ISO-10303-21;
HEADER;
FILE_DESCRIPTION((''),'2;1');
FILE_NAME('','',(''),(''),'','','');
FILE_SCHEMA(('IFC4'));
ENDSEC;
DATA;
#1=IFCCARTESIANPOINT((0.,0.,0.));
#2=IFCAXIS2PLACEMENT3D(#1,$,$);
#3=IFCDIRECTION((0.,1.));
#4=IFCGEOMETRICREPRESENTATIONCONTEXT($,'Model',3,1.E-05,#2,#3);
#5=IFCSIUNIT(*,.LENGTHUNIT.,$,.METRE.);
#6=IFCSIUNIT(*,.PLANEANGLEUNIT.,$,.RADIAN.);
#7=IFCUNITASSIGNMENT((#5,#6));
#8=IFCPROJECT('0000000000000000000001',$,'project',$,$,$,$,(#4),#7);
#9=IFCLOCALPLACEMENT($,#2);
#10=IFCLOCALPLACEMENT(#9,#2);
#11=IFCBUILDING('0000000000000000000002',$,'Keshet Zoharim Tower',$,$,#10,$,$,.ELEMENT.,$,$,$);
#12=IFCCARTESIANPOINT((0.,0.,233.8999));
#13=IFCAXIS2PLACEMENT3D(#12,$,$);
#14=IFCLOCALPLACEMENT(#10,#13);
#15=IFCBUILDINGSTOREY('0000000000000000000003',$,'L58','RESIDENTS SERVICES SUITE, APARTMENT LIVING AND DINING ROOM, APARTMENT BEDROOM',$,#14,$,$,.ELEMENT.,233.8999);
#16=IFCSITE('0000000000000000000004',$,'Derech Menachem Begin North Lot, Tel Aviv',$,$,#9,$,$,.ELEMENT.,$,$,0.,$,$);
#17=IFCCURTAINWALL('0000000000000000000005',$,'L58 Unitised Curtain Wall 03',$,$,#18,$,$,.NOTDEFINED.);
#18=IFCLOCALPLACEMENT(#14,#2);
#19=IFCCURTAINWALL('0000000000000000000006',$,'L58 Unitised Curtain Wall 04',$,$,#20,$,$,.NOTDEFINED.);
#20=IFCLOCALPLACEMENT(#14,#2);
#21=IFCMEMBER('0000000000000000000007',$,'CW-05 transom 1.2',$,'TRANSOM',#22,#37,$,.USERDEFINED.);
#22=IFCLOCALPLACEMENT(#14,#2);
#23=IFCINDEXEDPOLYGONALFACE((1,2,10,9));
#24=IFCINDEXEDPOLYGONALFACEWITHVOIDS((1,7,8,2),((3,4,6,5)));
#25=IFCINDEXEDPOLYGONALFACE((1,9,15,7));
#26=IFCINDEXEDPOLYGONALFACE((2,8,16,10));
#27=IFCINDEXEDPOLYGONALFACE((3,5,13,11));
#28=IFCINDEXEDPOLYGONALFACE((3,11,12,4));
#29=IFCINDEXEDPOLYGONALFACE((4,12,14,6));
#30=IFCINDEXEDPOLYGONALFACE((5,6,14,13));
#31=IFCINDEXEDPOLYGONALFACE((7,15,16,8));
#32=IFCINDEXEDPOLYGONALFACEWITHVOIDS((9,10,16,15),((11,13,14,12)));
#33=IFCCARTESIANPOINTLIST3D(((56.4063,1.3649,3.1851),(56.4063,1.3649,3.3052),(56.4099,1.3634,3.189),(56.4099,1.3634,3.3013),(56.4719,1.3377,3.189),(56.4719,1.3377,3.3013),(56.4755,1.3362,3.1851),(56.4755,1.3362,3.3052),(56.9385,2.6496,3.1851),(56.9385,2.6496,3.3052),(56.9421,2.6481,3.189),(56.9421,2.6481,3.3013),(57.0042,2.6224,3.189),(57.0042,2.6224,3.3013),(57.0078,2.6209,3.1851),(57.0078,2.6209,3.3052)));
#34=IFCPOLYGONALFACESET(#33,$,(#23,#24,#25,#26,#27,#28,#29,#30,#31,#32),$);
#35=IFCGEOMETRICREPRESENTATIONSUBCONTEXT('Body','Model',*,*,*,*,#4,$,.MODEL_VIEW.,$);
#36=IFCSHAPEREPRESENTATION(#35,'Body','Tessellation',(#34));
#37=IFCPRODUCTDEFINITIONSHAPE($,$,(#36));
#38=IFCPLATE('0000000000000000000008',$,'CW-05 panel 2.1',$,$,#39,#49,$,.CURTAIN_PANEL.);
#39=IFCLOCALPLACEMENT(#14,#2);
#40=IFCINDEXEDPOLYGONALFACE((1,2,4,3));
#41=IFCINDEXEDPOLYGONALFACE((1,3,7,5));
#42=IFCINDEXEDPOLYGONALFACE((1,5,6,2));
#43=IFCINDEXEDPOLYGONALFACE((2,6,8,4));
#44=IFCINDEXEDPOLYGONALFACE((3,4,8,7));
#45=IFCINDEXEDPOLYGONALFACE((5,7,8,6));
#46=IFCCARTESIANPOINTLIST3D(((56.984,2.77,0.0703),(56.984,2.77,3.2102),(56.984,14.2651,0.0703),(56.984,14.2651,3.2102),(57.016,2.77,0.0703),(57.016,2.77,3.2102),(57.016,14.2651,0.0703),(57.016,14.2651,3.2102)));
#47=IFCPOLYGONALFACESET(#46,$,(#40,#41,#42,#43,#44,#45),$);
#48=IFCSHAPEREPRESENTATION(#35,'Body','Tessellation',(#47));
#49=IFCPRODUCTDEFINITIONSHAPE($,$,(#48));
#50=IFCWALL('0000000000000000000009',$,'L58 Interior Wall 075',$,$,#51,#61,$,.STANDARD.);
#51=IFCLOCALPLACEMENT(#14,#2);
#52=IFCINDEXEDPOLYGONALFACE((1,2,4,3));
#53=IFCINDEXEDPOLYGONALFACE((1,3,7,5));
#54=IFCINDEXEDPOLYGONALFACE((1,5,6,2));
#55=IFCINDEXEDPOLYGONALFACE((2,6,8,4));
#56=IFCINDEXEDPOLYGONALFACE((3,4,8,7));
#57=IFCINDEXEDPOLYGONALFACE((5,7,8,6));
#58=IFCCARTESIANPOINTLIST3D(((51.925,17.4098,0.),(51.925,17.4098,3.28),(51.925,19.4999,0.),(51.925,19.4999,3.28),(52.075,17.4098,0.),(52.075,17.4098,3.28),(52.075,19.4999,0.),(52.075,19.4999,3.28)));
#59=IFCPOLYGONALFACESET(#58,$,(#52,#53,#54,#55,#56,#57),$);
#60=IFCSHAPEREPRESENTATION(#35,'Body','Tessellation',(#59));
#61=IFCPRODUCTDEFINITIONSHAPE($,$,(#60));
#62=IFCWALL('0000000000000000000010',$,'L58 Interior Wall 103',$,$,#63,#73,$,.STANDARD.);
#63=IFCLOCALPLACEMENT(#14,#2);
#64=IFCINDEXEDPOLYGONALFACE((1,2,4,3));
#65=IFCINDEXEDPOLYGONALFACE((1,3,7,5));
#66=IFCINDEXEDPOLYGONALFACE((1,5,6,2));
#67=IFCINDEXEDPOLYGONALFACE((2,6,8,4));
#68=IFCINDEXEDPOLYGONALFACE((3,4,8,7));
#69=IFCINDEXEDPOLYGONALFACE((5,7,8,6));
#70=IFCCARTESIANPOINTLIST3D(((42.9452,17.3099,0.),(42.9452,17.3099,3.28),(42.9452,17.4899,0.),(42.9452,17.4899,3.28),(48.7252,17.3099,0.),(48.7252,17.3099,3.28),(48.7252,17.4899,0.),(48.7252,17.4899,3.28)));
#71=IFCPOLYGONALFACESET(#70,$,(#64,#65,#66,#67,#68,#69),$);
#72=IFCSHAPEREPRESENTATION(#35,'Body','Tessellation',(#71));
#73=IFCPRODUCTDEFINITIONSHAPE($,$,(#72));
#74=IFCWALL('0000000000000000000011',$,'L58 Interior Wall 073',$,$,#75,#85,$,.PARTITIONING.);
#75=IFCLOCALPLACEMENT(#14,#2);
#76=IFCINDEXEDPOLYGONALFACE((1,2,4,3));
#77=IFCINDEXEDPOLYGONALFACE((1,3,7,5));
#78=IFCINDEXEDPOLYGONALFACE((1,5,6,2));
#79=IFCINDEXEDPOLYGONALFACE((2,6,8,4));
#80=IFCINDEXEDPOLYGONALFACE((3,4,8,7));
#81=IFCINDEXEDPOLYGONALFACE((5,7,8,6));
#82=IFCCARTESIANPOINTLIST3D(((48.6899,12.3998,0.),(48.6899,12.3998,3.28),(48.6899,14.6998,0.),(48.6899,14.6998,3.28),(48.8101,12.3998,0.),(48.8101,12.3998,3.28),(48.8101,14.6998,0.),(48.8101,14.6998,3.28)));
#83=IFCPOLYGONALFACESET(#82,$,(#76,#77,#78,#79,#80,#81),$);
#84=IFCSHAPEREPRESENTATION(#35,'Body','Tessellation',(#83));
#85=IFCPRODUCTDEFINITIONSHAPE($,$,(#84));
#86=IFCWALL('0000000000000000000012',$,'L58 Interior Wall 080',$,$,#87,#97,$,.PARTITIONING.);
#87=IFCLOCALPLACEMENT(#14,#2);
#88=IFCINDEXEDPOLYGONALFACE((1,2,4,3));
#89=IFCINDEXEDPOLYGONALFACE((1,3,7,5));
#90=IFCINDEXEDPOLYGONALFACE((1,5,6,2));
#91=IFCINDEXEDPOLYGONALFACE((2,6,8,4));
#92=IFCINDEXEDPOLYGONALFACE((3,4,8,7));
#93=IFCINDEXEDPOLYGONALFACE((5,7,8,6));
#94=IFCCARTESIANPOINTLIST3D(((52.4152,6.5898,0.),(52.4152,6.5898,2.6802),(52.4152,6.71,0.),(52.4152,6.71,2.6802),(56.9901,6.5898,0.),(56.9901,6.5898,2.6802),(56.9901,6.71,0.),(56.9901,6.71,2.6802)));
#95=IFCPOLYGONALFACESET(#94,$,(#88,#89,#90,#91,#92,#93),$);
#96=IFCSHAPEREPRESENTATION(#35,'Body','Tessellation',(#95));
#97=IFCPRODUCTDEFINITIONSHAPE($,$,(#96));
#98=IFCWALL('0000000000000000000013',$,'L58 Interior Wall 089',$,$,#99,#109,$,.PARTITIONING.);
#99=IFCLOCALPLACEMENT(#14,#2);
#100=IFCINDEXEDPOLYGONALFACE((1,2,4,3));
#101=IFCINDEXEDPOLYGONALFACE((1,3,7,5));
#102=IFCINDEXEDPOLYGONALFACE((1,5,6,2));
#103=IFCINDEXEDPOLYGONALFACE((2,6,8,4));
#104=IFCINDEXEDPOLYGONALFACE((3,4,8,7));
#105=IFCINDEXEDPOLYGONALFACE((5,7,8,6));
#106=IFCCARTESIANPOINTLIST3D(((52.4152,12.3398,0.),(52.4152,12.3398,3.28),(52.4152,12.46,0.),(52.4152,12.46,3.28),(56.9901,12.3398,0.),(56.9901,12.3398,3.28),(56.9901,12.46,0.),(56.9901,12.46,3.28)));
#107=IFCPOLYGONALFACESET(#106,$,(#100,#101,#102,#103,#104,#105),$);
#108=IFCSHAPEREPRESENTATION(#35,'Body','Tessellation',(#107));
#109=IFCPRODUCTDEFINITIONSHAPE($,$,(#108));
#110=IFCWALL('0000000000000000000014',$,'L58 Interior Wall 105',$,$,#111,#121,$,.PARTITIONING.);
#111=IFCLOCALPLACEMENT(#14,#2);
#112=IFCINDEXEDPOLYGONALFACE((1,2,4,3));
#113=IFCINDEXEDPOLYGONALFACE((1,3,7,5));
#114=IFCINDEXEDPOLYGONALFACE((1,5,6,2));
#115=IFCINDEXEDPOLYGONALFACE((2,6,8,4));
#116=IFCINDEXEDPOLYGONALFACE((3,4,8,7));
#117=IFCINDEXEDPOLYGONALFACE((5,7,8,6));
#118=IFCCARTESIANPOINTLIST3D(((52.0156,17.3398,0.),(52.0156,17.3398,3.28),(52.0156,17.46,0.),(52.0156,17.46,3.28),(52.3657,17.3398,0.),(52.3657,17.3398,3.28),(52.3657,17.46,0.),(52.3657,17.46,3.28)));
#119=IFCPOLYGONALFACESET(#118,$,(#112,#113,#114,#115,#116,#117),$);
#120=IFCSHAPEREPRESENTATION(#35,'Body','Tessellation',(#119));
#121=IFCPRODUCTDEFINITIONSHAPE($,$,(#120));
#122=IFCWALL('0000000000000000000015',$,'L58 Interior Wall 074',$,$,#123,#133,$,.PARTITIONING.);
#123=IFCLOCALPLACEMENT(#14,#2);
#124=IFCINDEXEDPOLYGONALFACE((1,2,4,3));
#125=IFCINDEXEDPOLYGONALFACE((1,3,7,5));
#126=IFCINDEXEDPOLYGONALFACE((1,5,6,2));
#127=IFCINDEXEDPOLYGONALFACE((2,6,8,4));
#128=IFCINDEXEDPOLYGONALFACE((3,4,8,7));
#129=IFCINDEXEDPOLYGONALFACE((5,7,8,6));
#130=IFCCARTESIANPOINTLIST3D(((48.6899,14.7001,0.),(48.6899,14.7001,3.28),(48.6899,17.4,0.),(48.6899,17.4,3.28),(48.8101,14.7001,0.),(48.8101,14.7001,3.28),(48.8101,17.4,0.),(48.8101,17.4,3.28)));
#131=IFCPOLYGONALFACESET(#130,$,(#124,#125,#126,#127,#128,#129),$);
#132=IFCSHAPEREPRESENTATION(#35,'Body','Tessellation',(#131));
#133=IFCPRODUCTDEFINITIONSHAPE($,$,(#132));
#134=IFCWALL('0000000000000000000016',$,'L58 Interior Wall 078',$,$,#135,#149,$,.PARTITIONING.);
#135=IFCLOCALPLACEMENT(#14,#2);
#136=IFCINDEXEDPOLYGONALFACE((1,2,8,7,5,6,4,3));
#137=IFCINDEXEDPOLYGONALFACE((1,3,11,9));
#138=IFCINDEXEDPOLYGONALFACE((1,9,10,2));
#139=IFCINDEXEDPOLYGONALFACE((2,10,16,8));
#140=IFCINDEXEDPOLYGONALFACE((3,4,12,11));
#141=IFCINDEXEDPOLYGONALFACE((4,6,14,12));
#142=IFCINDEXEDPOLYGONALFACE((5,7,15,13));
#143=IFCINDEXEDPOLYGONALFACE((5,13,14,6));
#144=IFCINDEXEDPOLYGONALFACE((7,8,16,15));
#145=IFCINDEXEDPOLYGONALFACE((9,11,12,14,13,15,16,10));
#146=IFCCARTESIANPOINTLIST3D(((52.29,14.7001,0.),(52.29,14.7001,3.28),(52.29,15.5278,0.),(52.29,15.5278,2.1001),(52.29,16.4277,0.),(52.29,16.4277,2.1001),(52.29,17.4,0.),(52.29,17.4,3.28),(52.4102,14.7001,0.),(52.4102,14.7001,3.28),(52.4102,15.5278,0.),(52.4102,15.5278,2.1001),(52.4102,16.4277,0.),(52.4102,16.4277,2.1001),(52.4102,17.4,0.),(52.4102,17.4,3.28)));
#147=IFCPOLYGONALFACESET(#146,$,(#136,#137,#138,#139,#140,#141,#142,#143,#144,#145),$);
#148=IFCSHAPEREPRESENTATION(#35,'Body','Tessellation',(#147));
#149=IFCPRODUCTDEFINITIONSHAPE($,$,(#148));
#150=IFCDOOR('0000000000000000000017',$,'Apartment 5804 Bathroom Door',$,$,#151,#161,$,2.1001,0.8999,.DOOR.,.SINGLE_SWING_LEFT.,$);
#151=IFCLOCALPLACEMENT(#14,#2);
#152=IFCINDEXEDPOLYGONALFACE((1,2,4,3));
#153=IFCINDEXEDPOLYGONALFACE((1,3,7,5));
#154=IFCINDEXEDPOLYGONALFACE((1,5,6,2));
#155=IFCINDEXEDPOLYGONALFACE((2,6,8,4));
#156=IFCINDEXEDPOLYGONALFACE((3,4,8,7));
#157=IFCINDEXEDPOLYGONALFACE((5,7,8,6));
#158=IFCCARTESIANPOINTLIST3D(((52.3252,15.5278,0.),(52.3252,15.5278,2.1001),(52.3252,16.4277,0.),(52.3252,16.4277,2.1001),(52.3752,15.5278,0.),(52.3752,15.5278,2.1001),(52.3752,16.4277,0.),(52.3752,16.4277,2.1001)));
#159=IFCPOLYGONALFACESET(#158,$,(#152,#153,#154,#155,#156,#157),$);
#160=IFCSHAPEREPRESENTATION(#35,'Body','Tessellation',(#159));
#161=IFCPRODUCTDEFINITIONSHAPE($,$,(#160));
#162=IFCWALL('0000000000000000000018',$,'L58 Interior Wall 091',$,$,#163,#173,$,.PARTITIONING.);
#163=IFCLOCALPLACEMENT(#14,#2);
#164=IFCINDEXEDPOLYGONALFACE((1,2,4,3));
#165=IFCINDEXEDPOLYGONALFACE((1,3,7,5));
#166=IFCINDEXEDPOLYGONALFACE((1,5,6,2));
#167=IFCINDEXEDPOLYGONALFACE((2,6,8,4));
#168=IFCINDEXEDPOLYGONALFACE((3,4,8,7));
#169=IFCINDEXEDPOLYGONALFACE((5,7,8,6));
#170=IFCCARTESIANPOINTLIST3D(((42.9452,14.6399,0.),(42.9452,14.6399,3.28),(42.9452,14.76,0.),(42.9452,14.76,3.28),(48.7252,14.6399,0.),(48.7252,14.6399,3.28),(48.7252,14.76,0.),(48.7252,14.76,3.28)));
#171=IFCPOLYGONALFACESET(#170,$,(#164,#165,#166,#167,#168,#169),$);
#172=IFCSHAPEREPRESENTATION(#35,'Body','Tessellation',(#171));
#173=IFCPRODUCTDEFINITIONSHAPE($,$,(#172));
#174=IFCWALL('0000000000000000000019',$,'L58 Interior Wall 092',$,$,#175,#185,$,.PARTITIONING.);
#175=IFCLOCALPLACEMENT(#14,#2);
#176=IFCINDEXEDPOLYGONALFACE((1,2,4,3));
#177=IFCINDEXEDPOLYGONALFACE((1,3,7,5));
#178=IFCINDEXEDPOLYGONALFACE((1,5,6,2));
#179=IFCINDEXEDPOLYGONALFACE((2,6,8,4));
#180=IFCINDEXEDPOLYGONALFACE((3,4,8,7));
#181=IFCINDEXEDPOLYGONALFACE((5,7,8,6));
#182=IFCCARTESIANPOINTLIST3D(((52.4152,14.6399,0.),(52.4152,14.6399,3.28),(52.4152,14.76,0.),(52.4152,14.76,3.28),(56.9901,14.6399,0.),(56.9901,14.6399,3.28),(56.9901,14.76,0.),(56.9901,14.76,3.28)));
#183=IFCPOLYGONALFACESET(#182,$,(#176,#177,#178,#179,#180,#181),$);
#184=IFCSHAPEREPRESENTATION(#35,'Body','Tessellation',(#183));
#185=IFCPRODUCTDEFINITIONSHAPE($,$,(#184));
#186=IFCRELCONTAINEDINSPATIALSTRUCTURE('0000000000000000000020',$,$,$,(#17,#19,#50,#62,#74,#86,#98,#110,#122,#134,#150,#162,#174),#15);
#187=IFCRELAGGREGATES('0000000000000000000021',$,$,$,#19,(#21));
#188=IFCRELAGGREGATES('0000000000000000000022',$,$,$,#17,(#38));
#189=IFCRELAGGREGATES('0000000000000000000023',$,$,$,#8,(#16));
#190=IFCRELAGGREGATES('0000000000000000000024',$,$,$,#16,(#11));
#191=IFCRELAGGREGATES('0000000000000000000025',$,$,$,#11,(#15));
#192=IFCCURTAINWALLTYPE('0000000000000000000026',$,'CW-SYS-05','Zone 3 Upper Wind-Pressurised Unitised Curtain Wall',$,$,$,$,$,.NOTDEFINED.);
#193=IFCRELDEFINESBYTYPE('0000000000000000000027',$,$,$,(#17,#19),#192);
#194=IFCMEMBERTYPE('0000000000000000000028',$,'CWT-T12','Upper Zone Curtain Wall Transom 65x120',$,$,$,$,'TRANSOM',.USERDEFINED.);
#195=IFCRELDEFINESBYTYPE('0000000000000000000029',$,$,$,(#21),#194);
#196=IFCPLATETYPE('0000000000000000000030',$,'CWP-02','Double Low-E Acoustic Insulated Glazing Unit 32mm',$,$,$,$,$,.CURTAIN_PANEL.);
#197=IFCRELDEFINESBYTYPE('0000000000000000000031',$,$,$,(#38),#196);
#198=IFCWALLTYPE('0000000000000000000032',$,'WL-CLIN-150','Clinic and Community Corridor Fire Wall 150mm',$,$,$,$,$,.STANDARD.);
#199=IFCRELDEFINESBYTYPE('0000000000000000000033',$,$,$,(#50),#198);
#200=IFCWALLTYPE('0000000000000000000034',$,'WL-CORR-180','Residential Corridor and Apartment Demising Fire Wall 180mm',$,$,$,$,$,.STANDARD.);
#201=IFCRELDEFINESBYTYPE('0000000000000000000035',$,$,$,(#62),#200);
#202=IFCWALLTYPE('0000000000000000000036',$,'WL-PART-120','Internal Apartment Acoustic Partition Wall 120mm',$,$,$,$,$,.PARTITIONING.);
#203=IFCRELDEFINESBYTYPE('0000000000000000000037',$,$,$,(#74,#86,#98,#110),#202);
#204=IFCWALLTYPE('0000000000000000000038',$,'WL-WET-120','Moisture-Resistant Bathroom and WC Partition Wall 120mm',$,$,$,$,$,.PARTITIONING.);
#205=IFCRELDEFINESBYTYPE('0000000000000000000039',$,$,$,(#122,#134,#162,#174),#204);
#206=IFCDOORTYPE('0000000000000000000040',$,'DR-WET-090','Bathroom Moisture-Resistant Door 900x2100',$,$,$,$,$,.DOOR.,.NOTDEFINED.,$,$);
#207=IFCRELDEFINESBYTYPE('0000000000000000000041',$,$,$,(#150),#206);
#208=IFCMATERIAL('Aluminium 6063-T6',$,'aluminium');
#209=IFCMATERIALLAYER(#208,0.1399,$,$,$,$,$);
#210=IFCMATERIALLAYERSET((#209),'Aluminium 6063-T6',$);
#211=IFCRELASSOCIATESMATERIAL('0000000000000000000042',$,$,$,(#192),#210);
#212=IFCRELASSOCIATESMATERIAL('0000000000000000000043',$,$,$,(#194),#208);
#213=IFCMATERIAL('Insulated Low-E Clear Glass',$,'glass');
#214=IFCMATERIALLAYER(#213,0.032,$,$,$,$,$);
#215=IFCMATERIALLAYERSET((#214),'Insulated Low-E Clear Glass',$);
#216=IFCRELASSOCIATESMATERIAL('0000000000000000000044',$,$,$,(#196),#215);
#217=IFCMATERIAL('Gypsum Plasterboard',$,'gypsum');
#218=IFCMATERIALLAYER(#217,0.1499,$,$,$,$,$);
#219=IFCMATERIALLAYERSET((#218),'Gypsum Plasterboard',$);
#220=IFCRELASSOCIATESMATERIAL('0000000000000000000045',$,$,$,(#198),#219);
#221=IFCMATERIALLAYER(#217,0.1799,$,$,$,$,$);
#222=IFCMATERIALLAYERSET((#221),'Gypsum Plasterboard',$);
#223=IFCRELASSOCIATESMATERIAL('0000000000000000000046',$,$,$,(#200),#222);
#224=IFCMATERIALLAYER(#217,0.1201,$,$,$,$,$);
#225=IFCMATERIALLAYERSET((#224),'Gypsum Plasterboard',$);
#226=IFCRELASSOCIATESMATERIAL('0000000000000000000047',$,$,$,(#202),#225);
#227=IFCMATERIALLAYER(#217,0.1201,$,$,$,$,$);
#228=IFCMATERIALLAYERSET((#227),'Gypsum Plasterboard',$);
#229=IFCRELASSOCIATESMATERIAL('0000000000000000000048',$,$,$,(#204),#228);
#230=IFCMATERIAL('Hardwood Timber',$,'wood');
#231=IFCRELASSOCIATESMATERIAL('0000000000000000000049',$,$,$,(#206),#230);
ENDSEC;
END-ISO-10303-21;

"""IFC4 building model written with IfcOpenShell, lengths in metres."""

from ifc_helpers import new_model, si_unit, direction, frame, frame_2d, origin, origin_2d, place, context, subcontext, project, spatial, rectangle, hollow_rectangle, extrude, material, layer, layer_set, material_profile, profile_set, type_object, element, fill, aggregate, save


model = new_model("IFC4")

# Units and contexts
model_context = context("Model", 3, precision=1e-05, world=origin(), true_north=direction((0.0, 1.0)))
body_context = subcontext(model_context, "Body", "Model", "MODEL_VIEW")
ifc_project = project(units=[si_unit("LENGTHUNIT", "METRE"), si_unit("PLANEANGLEUNIT", "RADIAN")], contexts=[model_context])

# Site, building, storey
site_placement = place(None, origin())
site = spatial("IfcSite", under=ifc_project, at=site_placement, Name="Derech Menachem Begin North Lot, Tel Aviv", CompositionType="ELEMENT", RefElevation=0.0)
building_placement = place(site_placement, origin())
building = spatial("IfcBuilding", under=site, at=building_placement, Name="Keshet Zoharim Tower", CompositionType="ELEMENT")
storey_placement = place(building_placement, frame((0.0, 0.0, 233.8999)))
storey = spatial("IfcBuildingStorey", under=building, at=storey_placement, Name="L58", Description="RESIDENTS SERVICES SUITE, APARTMENT LIVING AND DINING ROOM, APARTMENT BEDROOM", CompositionType="ELEMENT", Elevation=233.8999)

# Curtain wall
ifc_material_1 = material(Name="Aluminium 6063-T6", Category="aluminium")
ifc_layer_1 = layer(ifc_material_1, 0.1399)
ifc_layer_set_1 = layer_set([ifc_layer_1], Name="Aluminium 6063-T6")
curtain_wall_type = type_object("IfcCurtainWallType", Name="CW-SYS-05", Description="Zone 3 Upper Wind-Pressurised Unitised Curtain Wall", PredefinedType="NOTDEFINED", material=ifc_layer_set_1)
curtain_wall_1_placement = place(storey_placement, origin())
curtain_wall_1 = element("IfcCurtainWall", 1, at=curtain_wall_1_placement, inside=storey, type_object=curtain_wall_type, Name="L58 Unitised Curtain Wall 03", PredefinedType="NOTDEFINED")

# Curtain wall
curtain_wall_2_placement = place(storey_placement, origin())
curtain_wall_2 = element("IfcCurtainWall", 2, at=curtain_wall_2_placement, inside=storey, type_object=curtain_wall_type, Name="L58 Unitised Curtain Wall 04", PredefinedType="NOTDEFINED")

# Member
ifc_material_profile_1 = material_profile(ifc_material_1, hollow_rectangle(XDim=0.075, YDim=0.1201, WallThickness=0.0039, at=origin_2d()), Name="TRN-75x120")
ifc_profile_set_1 = profile_set([ifc_material_profile_1], Name="Aluminium 6063-T6")
member_type_1 = type_object("IfcMemberType", Name="CWT-T12", Description="Upper Zone Curtain Wall Transom 65x120", ElementType="TRANSOM", PredefinedType="USERDEFINED", material=ifc_profile_set_1)
member_1_placement = place(storey_placement, frame((56.9731, 2.6353, 3.2451), z_axis=(-0.382745, -0.923854, 0.0), x_axis=(0.923854, -0.382745, 0.0)))
member_1 = element("IfcMember", 3, at=member_1_placement, type_object=member_type_1, Name="CW-05 transom 1.2", ObjectType="TRANSOM", PredefinedType="USERDEFINED", context=body_context, shape_type="SweptSolid", body=[
    extrude(hollow_rectangle(XDim=0.075, YDim=0.1201, WallThickness=0.0039, at=origin_2d()), origin(), (0.0, 0.0, 1.0), 1.3906),
])
aggregate(curtain_wall_2, [member_1])

# Plate
ifc_material_2 = material(Name="Insulated Low-E Clear Glass", Category="glass")
ifc_layer_2 = layer(ifc_material_2, 0.032)
ifc_layer_set_2 = layer_set([ifc_layer_2], Name="Insulated Low-E Clear Glass")
plate_type = type_object("IfcPlateType", Name="CWP-02", Description="Double Low-E Acoustic Insulated Glazing Unit 32mm", PredefinedType="CURTAIN_PANEL", material=ifc_layer_set_2)
plate_placement = place(storey_placement, frame((57.0, 8.5176, 0.0703), z_axis=(0.0, 0.0, 1.0), x_axis=(0.0, -1.0, 0.0)))
plate = element("IfcPlate", 4, at=plate_placement, type_object=plate_type, Name="CW-05 panel 2.1", PredefinedType="CURTAIN_PANEL", context=body_context, shape_type="SweptSolid", body=[
    extrude(rectangle(XDim=11.4951, YDim=0.032, at=origin_2d()), origin(), (0.0, 0.0, 1.0), 3.1399),
])
aggregate(curtain_wall_1, [plate])

# Walls
ifc_material_3 = material(Name="Gypsum Plasterboard", Category="gypsum")
ifc_layer_3 = layer(ifc_material_3, 0.1499)
ifc_layer_set_3 = layer_set([ifc_layer_3], Name="Gypsum Plasterboard")
wall_type_1 = type_object("IfcWallType", Name="WL-CLIN-150", Description="Clinic and Community Corridor Fire Wall 150mm", PredefinedType="STANDARD", material=ifc_layer_set_3)
wall_1_placement = place(storey_placement, frame((52.0, 17.4099, 0.0), z_axis=(0.0, 0.0, 1.0), x_axis=(0.0, 1.0, 0.0)))
element("IfcWall", 5, at=wall_1_placement, inside=storey, type_object=wall_type_1, Name="L58 Interior Wall 075", PredefinedType="STANDARD", context=body_context, shape_type="SweptSolid", body=[
    extrude(rectangle(XDim=2.0901, YDim=0.1499, at=frame_2d((1.0449, 0.0))), origin(), (0.0, 0.0, 1.0), 3.28),
])
ifc_layer_4 = layer(ifc_material_3, 0.1799)
ifc_layer_set_4 = layer_set([ifc_layer_4], Name="Gypsum Plasterboard")
wall_type_2 = type_object("IfcWallType", Name="WL-CORR-180", Description="Residential Corridor and Apartment Demising Fire Wall 180mm", PredefinedType="STANDARD", material=ifc_layer_set_4)
wall_2_placement = place(storey_placement, frame((42.9451, 17.3999, 0.0), z_axis=(0.0, 0.0, 1.0), x_axis=(1.0, 0.0, 0.0)))
element("IfcWall", 6, at=wall_2_placement, inside=storey, type_object=wall_type_2, Name="L58 Interior Wall 103", PredefinedType="STANDARD", context=body_context, shape_type="SweptSolid", body=[
    extrude(rectangle(XDim=5.78, YDim=0.1799, at=frame_2d((2.8901, 0.0))), origin(), (0.0, 0.0, 1.0), 3.28),
])

# Shared definitions
ifc_material_4 = material(Name="Hardwood Timber", Category="wood")

# Wall
ifc_layer_5 = layer(ifc_material_3, 0.1201)
ifc_layer_set_5 = layer_set([ifc_layer_5], Name="Gypsum Plasterboard")
wall_type_3 = type_object("IfcWallType", Name="WL-PART-120", Description="Internal Apartment Acoustic Partition Wall 120mm", PredefinedType="PARTITIONING", material=ifc_layer_set_5)
wall_3_placement = place(storey_placement, frame((48.75, 12.3999, 0.0), z_axis=(0.0, 0.0, 1.0), x_axis=(0.0, 1.0, 0.0)))
element("IfcWall", 7, at=wall_3_placement, inside=storey, type_object=wall_type_3, Name="L58 Interior Wall 073", PredefinedType="PARTITIONING", context=body_context, shape_type="SweptSolid", body=[
    extrude(rectangle(XDim=2.3, YDim=0.1201, at=frame_2d((1.1499, 0.0))), origin(), (0.0, 0.0, 1.0), 3.28),
])

# Walls
wall_4_placement = place(storey_placement, frame((52.415, 6.6499, 0.0), z_axis=(0.0, 0.0, 1.0), x_axis=(1.0, 0.0, 0.0)))
element("IfcWall", 8, at=wall_4_placement, inside=storey, type_object=wall_type_3, Name="L58 Interior Wall 080", PredefinedType="PARTITIONING", context=body_context, shape_type="SweptSolid", body=[
    extrude(rectangle(XDim=4.575, YDim=0.1201, at=frame_2d((2.2876, 0.0))), origin(), (0.0, 0.0, 1.0), 2.6802),
])
wall_5_placement = place(storey_placement, frame((52.415, 12.3999, 0.0), z_axis=(0.0, 0.0, 1.0), x_axis=(1.0, 0.0, 0.0)))
element("IfcWall", 9, at=wall_5_placement, inside=storey, type_object=wall_type_3, Name="L58 Interior Wall 089", PredefinedType="PARTITIONING", context=body_context, shape_type="SweptSolid", body=[
    extrude(rectangle(XDim=4.575, YDim=0.1201, at=frame_2d((2.2876, 0.0))), origin(), (0.0, 0.0, 1.0), 3.28),
])
wall_6_placement = place(storey_placement, frame((52.0156, 17.3999, 0.0), z_axis=(0.0, 0.0, 1.0), x_axis=(1.0, 0.0, 0.0)))
element("IfcWall", 10, at=wall_6_placement, inside=storey, type_object=wall_type_3, Name="L58 Interior Wall 105", PredefinedType="PARTITIONING", context=body_context, shape_type="SweptSolid", body=[
    extrude(rectangle(XDim=0.3501, YDim=0.1201, at=frame_2d((0.175, 0.0))), origin(), (0.0, 0.0, 1.0), 3.28),
])
ifc_layer_6 = layer(ifc_material_3, 0.1201)
ifc_layer_set_6 = layer_set([ifc_layer_6], Name="Gypsum Plasterboard")
wall_type_4 = type_object("IfcWallType", Name="WL-WET-120", Description="Moisture-Resistant Bathroom and WC Partition Wall 120mm", PredefinedType="PARTITIONING", material=ifc_layer_set_6)
wall_7_placement = place(storey_placement, frame((48.75, 14.7, 0.0), z_axis=(0.0, 0.0, 1.0), x_axis=(0.0, 1.0, 0.0)))
element("IfcWall", 11, at=wall_7_placement, inside=storey, type_object=wall_type_4, Name="L58 Interior Wall 074", PredefinedType="PARTITIONING", context=body_context, shape_type="SweptSolid", body=[
    extrude(rectangle(XDim=2.7, YDim=0.1201, at=frame_2d((1.3501, 0.0))), origin(), (0.0, 0.0, 1.0), 3.28),
])

# Wall, opening, door
wall_8_placement = place(storey_placement, frame((52.3501, 14.7, 0.0), z_axis=(0.0, 0.0, 1.0), x_axis=(0.0, 1.0, 0.0)))
wall_8 = element("IfcWall", 12, at=wall_8_placement, inside=storey, type_object=wall_type_4, Name="L58 Interior Wall 078", PredefinedType="PARTITIONING", context=body_context, shape_type="SweptSolid", body=[
    extrude(rectangle(XDim=2.7, YDim=0.1201, at=frame_2d((1.3501, 0.0))), origin(), (0.0, 0.0, 1.0), 3.28),
])
opening_1_placement = place(wall_8_placement, frame((0.8279, 0.0, 0.0)))
opening_1 = element("IfcOpeningElement", 13, at=opening_1_placement, cuts=wall_8, PredefinedType="OPENING", context=body_context, shape_type="SweptSolid", body=[
    extrude(rectangle(XDim=0.8999, YDim=2.1001, at=frame_2d((0.45, 1.05))), frame((0.0, 0.0701, 0.0), z_axis=(0.0, -1.0, 0.0), x_axis=(1.0, 0.0, 0.0)), (0.0, 0.0, 1.0), 0.1401),
])
door_type_1 = type_object("IfcDoorType", Name="DR-WET-090", Description="Bathroom Moisture-Resistant Door 900x2100", OperationType="NOTDEFINED", PredefinedType="DOOR", material=ifc_material_4)
door_1_placement = place(opening_1_placement, origin())
door_1 = element("IfcDoor", 14, at=door_1_placement, inside=storey, type_object=door_type_1, Name="Apartment 5804 Bathroom Door", OperationType="SINGLE_SWING_LEFT", OverallHeight=2.1001, OverallWidth=0.8999, PredefinedType="DOOR", context=body_context, shape_type="SweptSolid", body=[
    extrude(rectangle(XDim=0.8999, YDim=2.1001, at=frame_2d((0.45, 1.05))), frame((0.0, 0.0249, 0.0), z_axis=(0.0, -1.0, 0.0), x_axis=(1.0, 0.0, 0.0)), (0.0, 0.0, 1.0), 0.05),
])
fill(opening_1, door_1)

# Walls
wall_9_placement = place(storey_placement, frame((42.9451, 14.7, 0.0), z_axis=(0.0, 0.0, 1.0), x_axis=(1.0, 0.0, 0.0)))
element("IfcWall", 15, at=wall_9_placement, inside=storey, type_object=wall_type_4, Name="L58 Interior Wall 091", PredefinedType="PARTITIONING", context=body_context, shape_type="SweptSolid", body=[
    extrude(rectangle(XDim=5.78, YDim=0.1201, at=frame_2d((2.8901, 0.0))), origin(), (0.0, 0.0, 1.0), 3.28),
])
for number, where, z_axis, x_axis, name in (
    (16, (52.415, 14.7, 0.0), (0.0, 0.0, 1.0), (1.0, 0.0, 0.0), "L58 Interior Wall 092"),
):
    element("IfcWall", number, at=place(storey_placement, frame(where, z_axis=z_axis, x_axis=x_axis)), inside=storey, type_object=wall_type_4, Name=name, PredefinedType="PARTITIONING", context=body_context, shape_type="SweptSolid", body=[
        extrude(rectangle(XDim=4.575, YDim=0.1201, at=frame_2d((2.2876, 0.0))), origin(), (0.0, 0.0, 1.0), 3.28),
    ])

save(model, "model.ifc")
